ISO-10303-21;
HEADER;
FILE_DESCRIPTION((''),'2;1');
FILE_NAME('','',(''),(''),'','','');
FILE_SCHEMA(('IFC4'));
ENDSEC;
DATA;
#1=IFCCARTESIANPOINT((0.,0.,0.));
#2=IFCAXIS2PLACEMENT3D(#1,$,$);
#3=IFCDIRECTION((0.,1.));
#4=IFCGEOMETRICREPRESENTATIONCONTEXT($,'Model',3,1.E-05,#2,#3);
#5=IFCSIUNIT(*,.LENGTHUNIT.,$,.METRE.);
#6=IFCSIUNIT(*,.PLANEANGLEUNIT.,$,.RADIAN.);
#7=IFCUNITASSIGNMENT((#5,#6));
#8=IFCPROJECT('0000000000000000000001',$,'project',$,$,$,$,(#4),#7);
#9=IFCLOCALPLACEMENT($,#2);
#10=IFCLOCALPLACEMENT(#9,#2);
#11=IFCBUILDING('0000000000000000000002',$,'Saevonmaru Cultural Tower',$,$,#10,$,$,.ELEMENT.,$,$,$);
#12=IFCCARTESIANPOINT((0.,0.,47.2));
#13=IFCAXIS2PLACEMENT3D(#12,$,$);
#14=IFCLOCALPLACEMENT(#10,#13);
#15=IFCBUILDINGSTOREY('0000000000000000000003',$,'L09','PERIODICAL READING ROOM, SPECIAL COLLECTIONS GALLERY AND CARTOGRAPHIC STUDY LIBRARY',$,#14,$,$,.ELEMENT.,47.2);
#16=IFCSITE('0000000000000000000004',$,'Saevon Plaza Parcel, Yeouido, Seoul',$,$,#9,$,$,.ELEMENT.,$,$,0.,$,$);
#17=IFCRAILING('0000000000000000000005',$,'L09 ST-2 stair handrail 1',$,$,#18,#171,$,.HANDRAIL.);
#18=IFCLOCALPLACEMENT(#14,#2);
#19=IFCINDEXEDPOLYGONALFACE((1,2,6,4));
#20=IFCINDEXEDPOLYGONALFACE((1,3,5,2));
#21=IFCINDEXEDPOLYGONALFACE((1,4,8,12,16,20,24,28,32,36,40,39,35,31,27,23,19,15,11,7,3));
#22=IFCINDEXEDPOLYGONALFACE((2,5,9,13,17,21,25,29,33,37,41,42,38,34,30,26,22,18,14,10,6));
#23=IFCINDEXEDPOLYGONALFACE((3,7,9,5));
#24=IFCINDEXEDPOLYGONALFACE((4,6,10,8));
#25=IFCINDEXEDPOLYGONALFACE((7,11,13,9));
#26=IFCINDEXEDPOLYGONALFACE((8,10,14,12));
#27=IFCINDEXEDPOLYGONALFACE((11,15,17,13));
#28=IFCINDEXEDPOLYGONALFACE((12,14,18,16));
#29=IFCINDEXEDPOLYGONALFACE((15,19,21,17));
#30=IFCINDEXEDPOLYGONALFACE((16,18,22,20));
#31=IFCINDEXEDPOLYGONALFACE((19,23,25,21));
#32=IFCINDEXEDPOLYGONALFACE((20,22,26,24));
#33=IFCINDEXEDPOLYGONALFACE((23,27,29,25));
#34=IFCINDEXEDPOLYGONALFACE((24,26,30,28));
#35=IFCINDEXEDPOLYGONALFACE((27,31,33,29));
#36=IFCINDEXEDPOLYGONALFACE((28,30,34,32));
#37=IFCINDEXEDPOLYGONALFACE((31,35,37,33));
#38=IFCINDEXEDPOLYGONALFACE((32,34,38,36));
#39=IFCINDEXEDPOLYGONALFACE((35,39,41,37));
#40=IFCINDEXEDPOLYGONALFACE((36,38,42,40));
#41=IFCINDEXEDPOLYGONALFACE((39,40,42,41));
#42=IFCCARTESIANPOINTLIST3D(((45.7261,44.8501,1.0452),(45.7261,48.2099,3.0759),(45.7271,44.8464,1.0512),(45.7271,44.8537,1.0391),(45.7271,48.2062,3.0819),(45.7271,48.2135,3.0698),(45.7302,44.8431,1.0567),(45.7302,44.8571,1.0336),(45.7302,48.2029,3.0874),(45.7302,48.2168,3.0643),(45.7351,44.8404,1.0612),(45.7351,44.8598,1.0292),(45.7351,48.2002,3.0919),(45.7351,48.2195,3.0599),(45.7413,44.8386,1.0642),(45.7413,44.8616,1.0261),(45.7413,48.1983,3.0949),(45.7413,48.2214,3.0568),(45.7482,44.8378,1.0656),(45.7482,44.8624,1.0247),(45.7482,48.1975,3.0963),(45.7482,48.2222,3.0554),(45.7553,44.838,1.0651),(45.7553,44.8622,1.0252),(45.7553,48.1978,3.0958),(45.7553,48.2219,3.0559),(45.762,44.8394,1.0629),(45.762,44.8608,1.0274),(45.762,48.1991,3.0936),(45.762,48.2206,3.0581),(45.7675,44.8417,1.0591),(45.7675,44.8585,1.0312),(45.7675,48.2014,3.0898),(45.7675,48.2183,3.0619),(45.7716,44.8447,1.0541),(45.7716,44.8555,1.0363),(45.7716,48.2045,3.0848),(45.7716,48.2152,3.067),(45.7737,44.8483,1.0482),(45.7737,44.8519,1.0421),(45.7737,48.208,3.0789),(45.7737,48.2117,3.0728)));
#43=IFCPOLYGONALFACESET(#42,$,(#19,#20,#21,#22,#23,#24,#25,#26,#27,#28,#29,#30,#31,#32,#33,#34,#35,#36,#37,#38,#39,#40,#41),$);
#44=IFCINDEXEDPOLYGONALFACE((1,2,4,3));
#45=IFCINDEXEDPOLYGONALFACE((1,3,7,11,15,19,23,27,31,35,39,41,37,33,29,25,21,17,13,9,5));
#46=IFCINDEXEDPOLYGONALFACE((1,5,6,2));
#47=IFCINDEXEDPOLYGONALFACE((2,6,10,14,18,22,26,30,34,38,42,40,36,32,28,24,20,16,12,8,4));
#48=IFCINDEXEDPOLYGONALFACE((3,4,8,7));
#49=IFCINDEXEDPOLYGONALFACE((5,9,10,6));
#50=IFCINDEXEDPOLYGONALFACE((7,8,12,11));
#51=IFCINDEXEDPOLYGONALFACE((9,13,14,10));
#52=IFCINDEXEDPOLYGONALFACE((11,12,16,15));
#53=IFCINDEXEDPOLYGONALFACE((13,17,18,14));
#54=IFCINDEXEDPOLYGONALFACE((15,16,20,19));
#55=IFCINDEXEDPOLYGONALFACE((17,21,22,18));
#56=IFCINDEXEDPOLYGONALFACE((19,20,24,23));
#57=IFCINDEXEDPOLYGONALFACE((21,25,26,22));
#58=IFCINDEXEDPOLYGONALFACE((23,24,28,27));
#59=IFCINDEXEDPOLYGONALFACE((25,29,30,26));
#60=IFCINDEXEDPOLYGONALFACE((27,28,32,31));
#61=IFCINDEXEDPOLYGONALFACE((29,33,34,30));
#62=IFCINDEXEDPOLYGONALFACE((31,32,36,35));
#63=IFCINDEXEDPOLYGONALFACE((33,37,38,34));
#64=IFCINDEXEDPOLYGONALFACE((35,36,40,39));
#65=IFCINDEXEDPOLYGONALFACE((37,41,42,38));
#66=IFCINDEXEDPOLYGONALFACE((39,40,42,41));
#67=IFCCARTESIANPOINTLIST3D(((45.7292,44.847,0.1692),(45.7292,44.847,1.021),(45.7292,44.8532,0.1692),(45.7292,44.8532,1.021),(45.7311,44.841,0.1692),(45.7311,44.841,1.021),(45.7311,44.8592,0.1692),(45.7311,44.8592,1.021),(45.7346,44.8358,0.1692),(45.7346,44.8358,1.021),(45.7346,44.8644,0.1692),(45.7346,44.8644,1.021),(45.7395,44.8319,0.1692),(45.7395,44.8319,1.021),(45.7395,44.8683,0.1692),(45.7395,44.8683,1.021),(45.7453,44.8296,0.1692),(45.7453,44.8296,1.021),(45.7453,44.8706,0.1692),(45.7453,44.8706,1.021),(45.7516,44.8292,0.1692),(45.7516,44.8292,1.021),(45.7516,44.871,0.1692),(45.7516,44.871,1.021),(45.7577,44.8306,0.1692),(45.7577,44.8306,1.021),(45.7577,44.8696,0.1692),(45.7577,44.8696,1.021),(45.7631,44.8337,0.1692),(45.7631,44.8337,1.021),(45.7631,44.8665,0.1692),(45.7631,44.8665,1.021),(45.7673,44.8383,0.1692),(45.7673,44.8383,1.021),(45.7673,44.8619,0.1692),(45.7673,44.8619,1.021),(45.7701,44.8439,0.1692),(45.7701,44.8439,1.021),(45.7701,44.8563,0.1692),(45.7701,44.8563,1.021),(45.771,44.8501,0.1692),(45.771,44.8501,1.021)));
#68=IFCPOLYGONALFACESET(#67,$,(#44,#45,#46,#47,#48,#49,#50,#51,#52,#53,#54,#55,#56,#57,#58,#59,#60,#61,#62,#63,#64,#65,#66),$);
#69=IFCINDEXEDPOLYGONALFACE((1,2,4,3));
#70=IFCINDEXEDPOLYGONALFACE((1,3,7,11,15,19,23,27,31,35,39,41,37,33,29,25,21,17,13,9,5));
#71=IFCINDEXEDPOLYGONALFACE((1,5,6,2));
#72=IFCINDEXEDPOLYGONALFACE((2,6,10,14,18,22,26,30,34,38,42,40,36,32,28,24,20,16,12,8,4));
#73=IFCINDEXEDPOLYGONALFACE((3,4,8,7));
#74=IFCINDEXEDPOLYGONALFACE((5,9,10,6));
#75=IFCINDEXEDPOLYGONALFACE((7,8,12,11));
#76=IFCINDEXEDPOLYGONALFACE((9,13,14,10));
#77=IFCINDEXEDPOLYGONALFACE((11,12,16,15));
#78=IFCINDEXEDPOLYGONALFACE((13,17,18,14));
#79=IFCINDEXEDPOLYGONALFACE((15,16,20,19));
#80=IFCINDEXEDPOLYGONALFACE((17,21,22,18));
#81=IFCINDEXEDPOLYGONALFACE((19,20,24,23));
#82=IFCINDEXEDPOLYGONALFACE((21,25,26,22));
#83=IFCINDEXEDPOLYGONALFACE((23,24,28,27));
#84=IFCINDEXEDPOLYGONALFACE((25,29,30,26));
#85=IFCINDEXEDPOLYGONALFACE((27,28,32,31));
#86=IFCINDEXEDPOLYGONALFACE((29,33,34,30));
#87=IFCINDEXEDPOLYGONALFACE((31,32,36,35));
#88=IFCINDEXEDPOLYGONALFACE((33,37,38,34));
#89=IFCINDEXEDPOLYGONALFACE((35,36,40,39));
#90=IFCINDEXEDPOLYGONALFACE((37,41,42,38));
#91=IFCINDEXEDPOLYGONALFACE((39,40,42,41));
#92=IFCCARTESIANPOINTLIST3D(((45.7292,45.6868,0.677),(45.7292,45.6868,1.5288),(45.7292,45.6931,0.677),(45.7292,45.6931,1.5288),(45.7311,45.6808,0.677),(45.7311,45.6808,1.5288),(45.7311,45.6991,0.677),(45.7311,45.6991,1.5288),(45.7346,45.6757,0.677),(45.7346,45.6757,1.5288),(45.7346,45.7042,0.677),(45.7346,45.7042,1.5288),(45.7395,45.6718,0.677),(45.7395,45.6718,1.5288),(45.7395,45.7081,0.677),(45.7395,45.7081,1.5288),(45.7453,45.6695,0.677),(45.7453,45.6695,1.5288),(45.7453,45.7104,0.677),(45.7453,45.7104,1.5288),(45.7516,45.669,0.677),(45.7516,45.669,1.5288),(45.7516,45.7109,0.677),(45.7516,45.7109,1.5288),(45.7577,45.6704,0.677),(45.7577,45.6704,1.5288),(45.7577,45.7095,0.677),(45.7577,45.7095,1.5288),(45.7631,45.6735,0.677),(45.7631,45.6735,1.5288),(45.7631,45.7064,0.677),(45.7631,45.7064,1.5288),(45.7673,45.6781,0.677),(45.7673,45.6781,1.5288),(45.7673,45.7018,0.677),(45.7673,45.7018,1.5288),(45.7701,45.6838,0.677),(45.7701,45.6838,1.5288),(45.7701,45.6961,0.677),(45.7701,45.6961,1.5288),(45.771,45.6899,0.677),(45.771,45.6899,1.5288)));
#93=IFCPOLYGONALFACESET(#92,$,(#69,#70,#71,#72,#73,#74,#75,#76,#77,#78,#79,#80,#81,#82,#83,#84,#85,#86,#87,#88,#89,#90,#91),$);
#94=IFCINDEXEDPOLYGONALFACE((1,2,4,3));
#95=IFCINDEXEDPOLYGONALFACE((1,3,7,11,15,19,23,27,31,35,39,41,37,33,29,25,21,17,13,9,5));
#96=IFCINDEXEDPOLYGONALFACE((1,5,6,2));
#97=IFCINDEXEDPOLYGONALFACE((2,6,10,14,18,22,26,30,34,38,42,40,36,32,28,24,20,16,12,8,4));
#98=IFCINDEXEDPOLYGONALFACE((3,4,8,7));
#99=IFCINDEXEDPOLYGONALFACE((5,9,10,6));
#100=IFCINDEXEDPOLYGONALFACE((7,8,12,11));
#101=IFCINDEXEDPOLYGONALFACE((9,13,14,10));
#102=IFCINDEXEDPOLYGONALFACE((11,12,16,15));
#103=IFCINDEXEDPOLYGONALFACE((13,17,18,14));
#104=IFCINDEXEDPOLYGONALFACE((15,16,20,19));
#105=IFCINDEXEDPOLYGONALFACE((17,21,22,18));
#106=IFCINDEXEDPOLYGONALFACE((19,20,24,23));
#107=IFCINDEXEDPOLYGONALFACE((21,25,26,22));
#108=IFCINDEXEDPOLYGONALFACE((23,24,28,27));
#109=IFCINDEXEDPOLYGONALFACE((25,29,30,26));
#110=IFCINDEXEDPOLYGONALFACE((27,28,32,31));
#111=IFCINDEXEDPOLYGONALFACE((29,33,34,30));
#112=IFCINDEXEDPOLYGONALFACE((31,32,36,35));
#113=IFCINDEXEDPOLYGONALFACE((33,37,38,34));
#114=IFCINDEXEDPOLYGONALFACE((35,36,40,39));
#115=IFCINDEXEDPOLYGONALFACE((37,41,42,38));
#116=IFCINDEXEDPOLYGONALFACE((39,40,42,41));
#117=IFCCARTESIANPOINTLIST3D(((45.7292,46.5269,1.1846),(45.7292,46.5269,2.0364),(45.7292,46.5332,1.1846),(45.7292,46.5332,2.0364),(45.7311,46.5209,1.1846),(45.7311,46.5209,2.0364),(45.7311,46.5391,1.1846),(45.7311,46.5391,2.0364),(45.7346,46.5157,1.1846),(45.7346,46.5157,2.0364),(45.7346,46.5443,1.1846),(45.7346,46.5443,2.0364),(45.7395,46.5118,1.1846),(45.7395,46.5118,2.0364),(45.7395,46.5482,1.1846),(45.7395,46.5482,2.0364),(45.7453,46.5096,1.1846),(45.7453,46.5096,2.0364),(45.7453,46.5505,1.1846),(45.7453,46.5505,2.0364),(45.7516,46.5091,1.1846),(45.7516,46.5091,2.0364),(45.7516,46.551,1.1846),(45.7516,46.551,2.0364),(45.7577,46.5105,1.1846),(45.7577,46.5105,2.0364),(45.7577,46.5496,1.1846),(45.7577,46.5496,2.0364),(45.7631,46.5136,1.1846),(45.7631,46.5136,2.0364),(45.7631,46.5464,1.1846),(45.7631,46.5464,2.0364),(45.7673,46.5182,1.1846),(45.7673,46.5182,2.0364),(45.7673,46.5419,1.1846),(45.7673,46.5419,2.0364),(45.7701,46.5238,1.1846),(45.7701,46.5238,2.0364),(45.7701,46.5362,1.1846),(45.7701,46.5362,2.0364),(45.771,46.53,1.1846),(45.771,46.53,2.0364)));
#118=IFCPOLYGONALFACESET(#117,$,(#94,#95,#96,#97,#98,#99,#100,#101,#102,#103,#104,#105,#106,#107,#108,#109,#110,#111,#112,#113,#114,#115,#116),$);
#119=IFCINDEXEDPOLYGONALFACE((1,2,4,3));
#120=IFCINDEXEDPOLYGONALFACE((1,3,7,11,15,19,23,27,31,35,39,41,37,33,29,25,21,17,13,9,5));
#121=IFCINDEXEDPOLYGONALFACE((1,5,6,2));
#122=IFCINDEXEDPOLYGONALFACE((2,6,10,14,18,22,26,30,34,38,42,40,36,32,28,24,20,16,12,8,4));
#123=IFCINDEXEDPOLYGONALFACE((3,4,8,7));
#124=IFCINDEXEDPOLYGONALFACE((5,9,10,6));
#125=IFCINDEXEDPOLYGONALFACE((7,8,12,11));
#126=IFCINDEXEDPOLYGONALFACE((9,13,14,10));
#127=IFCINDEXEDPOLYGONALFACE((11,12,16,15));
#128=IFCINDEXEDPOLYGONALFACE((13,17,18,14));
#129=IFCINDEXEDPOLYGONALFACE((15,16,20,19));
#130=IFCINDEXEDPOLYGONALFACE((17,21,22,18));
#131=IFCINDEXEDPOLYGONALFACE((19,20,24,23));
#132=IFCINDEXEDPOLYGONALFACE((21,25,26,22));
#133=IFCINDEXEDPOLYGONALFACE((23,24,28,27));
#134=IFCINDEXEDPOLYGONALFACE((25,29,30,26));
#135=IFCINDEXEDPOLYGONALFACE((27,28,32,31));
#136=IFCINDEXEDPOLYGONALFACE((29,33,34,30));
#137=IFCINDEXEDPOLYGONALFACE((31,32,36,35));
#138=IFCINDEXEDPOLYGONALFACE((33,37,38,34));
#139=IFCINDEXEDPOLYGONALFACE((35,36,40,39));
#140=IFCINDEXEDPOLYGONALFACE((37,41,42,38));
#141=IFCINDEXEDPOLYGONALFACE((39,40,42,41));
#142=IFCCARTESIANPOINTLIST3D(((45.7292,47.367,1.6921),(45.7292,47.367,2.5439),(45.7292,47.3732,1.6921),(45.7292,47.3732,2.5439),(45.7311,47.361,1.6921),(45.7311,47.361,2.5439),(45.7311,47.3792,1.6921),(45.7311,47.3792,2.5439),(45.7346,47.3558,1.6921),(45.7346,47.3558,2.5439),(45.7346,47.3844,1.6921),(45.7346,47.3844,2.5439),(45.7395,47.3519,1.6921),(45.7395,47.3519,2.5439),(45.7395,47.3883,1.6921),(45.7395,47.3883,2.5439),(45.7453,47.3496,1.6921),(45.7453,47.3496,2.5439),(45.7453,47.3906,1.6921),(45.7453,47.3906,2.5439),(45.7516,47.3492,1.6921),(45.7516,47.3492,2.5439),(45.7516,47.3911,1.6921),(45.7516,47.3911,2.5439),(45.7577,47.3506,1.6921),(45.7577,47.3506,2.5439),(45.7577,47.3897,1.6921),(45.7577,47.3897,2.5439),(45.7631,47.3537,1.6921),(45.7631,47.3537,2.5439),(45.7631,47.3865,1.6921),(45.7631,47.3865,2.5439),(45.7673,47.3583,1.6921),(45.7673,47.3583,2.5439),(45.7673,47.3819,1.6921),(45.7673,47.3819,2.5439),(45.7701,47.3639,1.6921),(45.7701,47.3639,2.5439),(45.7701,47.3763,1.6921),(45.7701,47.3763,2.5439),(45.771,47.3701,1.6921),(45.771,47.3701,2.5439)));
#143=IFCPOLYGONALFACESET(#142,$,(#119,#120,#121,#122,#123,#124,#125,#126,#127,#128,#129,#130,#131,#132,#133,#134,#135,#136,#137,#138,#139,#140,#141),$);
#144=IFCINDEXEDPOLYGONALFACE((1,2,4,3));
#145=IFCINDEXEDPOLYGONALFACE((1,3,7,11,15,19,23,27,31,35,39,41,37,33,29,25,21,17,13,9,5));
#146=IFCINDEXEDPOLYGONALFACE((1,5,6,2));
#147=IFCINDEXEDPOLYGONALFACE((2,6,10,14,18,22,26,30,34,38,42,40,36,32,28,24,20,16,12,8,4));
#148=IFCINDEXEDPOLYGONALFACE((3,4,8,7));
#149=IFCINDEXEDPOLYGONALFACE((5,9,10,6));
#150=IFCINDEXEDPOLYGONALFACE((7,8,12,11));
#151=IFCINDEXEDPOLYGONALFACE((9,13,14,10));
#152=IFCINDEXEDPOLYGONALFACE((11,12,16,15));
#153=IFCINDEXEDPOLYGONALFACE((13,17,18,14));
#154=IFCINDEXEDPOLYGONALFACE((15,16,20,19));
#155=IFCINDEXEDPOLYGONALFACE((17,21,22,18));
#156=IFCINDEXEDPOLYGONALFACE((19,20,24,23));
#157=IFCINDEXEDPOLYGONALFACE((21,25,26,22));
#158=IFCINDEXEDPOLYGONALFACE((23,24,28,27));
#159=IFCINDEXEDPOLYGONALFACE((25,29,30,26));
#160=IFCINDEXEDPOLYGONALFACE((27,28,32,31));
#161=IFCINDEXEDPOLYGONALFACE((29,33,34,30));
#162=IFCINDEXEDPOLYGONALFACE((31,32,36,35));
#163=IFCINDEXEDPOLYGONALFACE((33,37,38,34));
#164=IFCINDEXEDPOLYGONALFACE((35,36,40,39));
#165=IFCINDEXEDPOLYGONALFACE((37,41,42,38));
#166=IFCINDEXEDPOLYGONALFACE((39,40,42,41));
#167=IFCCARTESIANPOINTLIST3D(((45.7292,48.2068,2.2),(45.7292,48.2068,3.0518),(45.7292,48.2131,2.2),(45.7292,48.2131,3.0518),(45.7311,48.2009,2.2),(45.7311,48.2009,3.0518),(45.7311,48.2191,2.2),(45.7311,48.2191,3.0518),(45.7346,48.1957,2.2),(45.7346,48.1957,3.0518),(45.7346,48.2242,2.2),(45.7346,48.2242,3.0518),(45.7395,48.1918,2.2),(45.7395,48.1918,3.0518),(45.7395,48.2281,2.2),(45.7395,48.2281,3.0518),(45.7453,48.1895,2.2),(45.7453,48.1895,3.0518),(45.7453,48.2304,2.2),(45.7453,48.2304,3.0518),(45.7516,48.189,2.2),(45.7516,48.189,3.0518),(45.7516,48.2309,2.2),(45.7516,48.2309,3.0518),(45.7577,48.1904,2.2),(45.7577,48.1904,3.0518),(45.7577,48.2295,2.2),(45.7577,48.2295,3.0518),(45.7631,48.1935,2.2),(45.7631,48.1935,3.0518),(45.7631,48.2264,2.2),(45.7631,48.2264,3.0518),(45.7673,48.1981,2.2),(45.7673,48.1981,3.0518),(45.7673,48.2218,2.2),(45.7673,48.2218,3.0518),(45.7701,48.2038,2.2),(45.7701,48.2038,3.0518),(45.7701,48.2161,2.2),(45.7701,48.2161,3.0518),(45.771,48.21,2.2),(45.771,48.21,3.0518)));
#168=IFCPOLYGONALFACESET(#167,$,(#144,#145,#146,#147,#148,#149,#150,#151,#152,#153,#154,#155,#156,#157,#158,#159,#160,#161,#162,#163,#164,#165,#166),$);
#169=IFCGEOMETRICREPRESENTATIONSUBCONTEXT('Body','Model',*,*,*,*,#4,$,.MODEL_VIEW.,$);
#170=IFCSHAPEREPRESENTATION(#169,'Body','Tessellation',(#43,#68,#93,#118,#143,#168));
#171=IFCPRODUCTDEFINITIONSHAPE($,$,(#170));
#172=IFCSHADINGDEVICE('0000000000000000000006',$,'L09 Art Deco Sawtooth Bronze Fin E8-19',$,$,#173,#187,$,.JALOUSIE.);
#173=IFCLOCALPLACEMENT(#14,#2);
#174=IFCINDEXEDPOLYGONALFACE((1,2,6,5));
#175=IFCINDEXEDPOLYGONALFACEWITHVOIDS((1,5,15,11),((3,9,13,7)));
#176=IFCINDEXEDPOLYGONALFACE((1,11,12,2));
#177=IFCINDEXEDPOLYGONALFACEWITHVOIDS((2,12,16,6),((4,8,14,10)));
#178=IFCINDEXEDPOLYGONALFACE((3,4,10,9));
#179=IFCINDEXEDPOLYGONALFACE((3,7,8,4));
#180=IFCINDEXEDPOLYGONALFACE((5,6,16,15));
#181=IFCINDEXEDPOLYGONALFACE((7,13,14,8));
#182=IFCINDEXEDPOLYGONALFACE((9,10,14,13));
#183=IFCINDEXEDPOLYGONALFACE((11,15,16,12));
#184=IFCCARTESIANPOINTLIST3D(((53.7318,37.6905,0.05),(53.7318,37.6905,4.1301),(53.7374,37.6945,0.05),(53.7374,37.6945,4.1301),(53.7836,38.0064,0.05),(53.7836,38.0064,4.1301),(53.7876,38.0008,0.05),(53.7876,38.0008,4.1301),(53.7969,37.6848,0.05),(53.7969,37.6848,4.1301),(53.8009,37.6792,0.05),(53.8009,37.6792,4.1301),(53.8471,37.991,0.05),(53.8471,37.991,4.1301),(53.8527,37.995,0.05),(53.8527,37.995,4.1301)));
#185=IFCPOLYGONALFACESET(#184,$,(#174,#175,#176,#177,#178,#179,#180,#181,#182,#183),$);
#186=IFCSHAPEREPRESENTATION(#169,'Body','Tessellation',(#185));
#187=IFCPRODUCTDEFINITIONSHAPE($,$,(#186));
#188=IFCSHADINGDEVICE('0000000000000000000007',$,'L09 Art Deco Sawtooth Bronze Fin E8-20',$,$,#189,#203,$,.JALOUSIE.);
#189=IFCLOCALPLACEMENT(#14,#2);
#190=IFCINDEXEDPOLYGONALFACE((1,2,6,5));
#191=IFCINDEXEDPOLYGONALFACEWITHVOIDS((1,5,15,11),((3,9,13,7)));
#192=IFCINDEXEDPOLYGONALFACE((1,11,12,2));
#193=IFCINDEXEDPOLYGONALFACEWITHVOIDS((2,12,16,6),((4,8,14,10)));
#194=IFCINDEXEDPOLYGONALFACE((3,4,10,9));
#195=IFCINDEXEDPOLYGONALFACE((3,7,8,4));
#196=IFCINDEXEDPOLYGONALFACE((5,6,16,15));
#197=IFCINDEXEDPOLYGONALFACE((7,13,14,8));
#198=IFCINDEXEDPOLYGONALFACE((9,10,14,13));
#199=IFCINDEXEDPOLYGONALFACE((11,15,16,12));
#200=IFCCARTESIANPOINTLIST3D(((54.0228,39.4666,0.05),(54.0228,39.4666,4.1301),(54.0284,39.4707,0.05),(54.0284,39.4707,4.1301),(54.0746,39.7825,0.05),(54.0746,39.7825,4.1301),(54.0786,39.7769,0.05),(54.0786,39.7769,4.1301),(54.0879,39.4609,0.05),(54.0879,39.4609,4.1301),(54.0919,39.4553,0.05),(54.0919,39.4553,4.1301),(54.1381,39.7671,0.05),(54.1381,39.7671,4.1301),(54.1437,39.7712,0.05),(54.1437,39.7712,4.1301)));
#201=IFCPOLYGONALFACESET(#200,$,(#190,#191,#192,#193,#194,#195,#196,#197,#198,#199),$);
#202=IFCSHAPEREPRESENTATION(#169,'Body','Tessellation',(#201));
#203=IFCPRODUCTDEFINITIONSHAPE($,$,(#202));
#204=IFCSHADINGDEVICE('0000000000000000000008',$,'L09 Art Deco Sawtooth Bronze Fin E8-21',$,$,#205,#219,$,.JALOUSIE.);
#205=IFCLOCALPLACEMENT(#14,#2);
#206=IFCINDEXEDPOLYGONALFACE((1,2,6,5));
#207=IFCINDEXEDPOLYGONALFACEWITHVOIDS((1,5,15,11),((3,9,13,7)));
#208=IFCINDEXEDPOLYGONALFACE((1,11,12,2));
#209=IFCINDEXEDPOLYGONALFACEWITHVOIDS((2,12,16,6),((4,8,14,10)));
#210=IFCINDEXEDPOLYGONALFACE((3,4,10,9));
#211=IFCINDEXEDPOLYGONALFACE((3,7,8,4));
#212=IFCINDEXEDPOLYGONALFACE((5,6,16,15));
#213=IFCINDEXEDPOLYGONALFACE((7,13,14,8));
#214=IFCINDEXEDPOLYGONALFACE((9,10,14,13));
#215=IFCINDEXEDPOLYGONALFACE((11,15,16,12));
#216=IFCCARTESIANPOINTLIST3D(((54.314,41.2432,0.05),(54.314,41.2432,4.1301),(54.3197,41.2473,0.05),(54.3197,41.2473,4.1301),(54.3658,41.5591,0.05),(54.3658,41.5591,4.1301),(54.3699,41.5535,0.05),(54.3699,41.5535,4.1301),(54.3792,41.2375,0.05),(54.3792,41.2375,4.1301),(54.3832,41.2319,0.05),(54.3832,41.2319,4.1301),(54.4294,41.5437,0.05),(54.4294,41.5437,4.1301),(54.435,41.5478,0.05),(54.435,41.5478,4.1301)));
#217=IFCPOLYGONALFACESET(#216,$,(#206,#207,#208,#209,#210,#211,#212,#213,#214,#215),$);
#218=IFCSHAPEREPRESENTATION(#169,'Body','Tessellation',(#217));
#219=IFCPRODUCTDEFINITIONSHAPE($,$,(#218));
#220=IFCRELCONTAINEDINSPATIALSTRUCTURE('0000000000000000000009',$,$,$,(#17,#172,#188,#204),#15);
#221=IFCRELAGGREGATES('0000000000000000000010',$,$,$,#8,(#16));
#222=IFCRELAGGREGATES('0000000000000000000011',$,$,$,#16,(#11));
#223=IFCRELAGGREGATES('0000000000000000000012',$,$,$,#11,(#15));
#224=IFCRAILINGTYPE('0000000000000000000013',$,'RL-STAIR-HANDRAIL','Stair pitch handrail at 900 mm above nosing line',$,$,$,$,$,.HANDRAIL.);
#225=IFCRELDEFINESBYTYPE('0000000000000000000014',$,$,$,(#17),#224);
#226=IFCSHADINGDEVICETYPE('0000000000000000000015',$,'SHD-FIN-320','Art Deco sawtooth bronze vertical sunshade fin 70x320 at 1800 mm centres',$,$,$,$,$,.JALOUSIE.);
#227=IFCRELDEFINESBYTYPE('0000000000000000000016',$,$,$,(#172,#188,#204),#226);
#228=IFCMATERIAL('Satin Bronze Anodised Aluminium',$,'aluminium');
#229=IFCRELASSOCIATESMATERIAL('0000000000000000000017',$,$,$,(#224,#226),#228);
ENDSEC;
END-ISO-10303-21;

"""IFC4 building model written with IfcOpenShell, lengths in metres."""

from ifc_helpers import new_model, si_unit, direction, frame, origin, origin_2d, place, context, subcontext, project, spatial, hollow_rectangle, circle, extrude, material, material_profile, profile_set, type_object, element, save


model = new_model("IFC4")

# Units and contexts
model_context = context("Model", 3, precision=1e-05, world=origin(), true_north=direction((0.0, 1.0)))
body_context = subcontext(model_context, "Body", "Model", "MODEL_VIEW")
ifc_project = project(units=[si_unit("LENGTHUNIT", "METRE"), si_unit("PLANEANGLEUNIT", "RADIAN")], contexts=[model_context])

# Site, building, storey
site_placement = place(None, origin())
site = spatial("IfcSite", under=ifc_project, at=site_placement, Name="Saevon Plaza Parcel, Yeouido, Seoul", CompositionType="ELEMENT", RefElevation=0.0)
building_placement = place(site_placement, origin())
building = spatial("IfcBuilding", under=site, at=building_placement, Name="Saevonmaru Cultural Tower", CompositionType="ELEMENT")
storey_placement = place(building_placement, frame((0.0, 0.0, 47.2)))
storey = spatial("IfcBuildingStorey", under=building, at=storey_placement, Name="L09", Description="PERIODICAL READING ROOM, SPECIAL COLLECTIONS GALLERY AND CARTOGRAPHIC STUDY LIBRARY", CompositionType="ELEMENT", Elevation=47.2)

# Shared definitions
ifc_material_1 = material(Name="Satin Bronze Anodised Aluminium", Category="aluminium")

# Railing
railing_type_1 = type_object("IfcRailingType", Name="RL-STAIR-HANDRAIL", Description="Stair pitch handrail at 900 mm above nosing line", PredefinedType="HANDRAIL", material=ifc_material_1)
railing_1_placement = place(storey_placement, frame((45.75, 44.8501, 0.1692)))
element("IfcRailing", 1, at=railing_1_placement, inside=storey, type_object=railing_type_1, Name="L09 ST-2 stair handrail 1", PredefinedType="HANDRAIL", context=body_context, shape_type="SweptSolid", body=[
    extrude(circle(Radius=0.0239, at=origin_2d()), frame((0.0, 0.0, 0.876), z_axis=(0.0, 0.85582, 0.517273), x_axis=(-1.0, 0.0, 0.0)), (0.0, 0.0, 1.0), 3.9258),
    extrude(circle(Radius=0.021, at=origin_2d()), origin(), (0.0, 0.0, 1.0), 0.8518),
    extrude(circle(Radius=0.021, at=origin_2d()), frame((0.0, 0.8398, 0.5078)), (0.0, 0.0, 1.0), 0.8518),
    extrude(circle(Radius=0.021, at=origin_2d()), frame((0.0, 1.6799, 1.0154)), (0.0, 0.0, 1.0), 0.8518),
    extrude(circle(Radius=0.021, at=origin_2d()), frame((0.0, 2.52, 1.5229)), (0.0, 0.0, 1.0), 0.8518),
    extrude(circle(Radius=0.021, at=origin_2d()), frame((0.0, 3.3599, 2.0308)), (0.0, 0.0, 1.0), 0.8518),
])

# Shading devices
ifc_material_profile_1 = material_profile(ifc_material_1, hollow_rectangle(XDim=0.0701, YDim=0.3201, WallThickness=0.0049, at=origin_2d()), Name="FIN-320x70")
ifc_profile_set_1 = profile_set([ifc_material_profile_1], Name="Satin Bronze Anodised Aluminium")
shading_device_type = type_object("IfcShadingDeviceType", Name="SHD-FIN-320", Description="Art Deco sawtooth bronze vertical sunshade fin 70x320 at 1800 mm centres", PredefinedType="JALOUSIE", material=ifc_profile_set_1)
for number, where, z_axis, x_axis, name in (
    (2, (53.7922, 37.8428, 0.05), (0.0, 0.0, 1.0), (0.986827, -0.161776, 0.0), "L09 Art Deco Sawtooth Bronze Fin E8-19"),
    (3, (54.0833, 39.6189, 0.05), (0.0, 0.0, 1.0), (0.986827, -0.161776, 0.0), "L09 Art Deco Sawtooth Bronze Fin E8-20"),
    (4, (54.3745, 41.3955, 0.05), (0.0, 0.0, 1.0), (0.986827, -0.161776, 0.0), "L09 Art Deco Sawtooth Bronze Fin E8-21"),
):
    element("IfcShadingDevice", number, at=place(storey_placement, frame(where, z_axis=z_axis, x_axis=x_axis)), inside=storey, type_object=shading_device_type, Name=name, PredefinedType="JALOUSIE", context=body_context, shape_type="SweptSolid", body=[
        extrude(hollow_rectangle(XDim=0.0701, YDim=0.3201, WallThickness=0.0049, at=origin_2d()), origin(), (0.0, 0.0, 1.0), 4.0801),
    ])

save(model, "model.ifc")
